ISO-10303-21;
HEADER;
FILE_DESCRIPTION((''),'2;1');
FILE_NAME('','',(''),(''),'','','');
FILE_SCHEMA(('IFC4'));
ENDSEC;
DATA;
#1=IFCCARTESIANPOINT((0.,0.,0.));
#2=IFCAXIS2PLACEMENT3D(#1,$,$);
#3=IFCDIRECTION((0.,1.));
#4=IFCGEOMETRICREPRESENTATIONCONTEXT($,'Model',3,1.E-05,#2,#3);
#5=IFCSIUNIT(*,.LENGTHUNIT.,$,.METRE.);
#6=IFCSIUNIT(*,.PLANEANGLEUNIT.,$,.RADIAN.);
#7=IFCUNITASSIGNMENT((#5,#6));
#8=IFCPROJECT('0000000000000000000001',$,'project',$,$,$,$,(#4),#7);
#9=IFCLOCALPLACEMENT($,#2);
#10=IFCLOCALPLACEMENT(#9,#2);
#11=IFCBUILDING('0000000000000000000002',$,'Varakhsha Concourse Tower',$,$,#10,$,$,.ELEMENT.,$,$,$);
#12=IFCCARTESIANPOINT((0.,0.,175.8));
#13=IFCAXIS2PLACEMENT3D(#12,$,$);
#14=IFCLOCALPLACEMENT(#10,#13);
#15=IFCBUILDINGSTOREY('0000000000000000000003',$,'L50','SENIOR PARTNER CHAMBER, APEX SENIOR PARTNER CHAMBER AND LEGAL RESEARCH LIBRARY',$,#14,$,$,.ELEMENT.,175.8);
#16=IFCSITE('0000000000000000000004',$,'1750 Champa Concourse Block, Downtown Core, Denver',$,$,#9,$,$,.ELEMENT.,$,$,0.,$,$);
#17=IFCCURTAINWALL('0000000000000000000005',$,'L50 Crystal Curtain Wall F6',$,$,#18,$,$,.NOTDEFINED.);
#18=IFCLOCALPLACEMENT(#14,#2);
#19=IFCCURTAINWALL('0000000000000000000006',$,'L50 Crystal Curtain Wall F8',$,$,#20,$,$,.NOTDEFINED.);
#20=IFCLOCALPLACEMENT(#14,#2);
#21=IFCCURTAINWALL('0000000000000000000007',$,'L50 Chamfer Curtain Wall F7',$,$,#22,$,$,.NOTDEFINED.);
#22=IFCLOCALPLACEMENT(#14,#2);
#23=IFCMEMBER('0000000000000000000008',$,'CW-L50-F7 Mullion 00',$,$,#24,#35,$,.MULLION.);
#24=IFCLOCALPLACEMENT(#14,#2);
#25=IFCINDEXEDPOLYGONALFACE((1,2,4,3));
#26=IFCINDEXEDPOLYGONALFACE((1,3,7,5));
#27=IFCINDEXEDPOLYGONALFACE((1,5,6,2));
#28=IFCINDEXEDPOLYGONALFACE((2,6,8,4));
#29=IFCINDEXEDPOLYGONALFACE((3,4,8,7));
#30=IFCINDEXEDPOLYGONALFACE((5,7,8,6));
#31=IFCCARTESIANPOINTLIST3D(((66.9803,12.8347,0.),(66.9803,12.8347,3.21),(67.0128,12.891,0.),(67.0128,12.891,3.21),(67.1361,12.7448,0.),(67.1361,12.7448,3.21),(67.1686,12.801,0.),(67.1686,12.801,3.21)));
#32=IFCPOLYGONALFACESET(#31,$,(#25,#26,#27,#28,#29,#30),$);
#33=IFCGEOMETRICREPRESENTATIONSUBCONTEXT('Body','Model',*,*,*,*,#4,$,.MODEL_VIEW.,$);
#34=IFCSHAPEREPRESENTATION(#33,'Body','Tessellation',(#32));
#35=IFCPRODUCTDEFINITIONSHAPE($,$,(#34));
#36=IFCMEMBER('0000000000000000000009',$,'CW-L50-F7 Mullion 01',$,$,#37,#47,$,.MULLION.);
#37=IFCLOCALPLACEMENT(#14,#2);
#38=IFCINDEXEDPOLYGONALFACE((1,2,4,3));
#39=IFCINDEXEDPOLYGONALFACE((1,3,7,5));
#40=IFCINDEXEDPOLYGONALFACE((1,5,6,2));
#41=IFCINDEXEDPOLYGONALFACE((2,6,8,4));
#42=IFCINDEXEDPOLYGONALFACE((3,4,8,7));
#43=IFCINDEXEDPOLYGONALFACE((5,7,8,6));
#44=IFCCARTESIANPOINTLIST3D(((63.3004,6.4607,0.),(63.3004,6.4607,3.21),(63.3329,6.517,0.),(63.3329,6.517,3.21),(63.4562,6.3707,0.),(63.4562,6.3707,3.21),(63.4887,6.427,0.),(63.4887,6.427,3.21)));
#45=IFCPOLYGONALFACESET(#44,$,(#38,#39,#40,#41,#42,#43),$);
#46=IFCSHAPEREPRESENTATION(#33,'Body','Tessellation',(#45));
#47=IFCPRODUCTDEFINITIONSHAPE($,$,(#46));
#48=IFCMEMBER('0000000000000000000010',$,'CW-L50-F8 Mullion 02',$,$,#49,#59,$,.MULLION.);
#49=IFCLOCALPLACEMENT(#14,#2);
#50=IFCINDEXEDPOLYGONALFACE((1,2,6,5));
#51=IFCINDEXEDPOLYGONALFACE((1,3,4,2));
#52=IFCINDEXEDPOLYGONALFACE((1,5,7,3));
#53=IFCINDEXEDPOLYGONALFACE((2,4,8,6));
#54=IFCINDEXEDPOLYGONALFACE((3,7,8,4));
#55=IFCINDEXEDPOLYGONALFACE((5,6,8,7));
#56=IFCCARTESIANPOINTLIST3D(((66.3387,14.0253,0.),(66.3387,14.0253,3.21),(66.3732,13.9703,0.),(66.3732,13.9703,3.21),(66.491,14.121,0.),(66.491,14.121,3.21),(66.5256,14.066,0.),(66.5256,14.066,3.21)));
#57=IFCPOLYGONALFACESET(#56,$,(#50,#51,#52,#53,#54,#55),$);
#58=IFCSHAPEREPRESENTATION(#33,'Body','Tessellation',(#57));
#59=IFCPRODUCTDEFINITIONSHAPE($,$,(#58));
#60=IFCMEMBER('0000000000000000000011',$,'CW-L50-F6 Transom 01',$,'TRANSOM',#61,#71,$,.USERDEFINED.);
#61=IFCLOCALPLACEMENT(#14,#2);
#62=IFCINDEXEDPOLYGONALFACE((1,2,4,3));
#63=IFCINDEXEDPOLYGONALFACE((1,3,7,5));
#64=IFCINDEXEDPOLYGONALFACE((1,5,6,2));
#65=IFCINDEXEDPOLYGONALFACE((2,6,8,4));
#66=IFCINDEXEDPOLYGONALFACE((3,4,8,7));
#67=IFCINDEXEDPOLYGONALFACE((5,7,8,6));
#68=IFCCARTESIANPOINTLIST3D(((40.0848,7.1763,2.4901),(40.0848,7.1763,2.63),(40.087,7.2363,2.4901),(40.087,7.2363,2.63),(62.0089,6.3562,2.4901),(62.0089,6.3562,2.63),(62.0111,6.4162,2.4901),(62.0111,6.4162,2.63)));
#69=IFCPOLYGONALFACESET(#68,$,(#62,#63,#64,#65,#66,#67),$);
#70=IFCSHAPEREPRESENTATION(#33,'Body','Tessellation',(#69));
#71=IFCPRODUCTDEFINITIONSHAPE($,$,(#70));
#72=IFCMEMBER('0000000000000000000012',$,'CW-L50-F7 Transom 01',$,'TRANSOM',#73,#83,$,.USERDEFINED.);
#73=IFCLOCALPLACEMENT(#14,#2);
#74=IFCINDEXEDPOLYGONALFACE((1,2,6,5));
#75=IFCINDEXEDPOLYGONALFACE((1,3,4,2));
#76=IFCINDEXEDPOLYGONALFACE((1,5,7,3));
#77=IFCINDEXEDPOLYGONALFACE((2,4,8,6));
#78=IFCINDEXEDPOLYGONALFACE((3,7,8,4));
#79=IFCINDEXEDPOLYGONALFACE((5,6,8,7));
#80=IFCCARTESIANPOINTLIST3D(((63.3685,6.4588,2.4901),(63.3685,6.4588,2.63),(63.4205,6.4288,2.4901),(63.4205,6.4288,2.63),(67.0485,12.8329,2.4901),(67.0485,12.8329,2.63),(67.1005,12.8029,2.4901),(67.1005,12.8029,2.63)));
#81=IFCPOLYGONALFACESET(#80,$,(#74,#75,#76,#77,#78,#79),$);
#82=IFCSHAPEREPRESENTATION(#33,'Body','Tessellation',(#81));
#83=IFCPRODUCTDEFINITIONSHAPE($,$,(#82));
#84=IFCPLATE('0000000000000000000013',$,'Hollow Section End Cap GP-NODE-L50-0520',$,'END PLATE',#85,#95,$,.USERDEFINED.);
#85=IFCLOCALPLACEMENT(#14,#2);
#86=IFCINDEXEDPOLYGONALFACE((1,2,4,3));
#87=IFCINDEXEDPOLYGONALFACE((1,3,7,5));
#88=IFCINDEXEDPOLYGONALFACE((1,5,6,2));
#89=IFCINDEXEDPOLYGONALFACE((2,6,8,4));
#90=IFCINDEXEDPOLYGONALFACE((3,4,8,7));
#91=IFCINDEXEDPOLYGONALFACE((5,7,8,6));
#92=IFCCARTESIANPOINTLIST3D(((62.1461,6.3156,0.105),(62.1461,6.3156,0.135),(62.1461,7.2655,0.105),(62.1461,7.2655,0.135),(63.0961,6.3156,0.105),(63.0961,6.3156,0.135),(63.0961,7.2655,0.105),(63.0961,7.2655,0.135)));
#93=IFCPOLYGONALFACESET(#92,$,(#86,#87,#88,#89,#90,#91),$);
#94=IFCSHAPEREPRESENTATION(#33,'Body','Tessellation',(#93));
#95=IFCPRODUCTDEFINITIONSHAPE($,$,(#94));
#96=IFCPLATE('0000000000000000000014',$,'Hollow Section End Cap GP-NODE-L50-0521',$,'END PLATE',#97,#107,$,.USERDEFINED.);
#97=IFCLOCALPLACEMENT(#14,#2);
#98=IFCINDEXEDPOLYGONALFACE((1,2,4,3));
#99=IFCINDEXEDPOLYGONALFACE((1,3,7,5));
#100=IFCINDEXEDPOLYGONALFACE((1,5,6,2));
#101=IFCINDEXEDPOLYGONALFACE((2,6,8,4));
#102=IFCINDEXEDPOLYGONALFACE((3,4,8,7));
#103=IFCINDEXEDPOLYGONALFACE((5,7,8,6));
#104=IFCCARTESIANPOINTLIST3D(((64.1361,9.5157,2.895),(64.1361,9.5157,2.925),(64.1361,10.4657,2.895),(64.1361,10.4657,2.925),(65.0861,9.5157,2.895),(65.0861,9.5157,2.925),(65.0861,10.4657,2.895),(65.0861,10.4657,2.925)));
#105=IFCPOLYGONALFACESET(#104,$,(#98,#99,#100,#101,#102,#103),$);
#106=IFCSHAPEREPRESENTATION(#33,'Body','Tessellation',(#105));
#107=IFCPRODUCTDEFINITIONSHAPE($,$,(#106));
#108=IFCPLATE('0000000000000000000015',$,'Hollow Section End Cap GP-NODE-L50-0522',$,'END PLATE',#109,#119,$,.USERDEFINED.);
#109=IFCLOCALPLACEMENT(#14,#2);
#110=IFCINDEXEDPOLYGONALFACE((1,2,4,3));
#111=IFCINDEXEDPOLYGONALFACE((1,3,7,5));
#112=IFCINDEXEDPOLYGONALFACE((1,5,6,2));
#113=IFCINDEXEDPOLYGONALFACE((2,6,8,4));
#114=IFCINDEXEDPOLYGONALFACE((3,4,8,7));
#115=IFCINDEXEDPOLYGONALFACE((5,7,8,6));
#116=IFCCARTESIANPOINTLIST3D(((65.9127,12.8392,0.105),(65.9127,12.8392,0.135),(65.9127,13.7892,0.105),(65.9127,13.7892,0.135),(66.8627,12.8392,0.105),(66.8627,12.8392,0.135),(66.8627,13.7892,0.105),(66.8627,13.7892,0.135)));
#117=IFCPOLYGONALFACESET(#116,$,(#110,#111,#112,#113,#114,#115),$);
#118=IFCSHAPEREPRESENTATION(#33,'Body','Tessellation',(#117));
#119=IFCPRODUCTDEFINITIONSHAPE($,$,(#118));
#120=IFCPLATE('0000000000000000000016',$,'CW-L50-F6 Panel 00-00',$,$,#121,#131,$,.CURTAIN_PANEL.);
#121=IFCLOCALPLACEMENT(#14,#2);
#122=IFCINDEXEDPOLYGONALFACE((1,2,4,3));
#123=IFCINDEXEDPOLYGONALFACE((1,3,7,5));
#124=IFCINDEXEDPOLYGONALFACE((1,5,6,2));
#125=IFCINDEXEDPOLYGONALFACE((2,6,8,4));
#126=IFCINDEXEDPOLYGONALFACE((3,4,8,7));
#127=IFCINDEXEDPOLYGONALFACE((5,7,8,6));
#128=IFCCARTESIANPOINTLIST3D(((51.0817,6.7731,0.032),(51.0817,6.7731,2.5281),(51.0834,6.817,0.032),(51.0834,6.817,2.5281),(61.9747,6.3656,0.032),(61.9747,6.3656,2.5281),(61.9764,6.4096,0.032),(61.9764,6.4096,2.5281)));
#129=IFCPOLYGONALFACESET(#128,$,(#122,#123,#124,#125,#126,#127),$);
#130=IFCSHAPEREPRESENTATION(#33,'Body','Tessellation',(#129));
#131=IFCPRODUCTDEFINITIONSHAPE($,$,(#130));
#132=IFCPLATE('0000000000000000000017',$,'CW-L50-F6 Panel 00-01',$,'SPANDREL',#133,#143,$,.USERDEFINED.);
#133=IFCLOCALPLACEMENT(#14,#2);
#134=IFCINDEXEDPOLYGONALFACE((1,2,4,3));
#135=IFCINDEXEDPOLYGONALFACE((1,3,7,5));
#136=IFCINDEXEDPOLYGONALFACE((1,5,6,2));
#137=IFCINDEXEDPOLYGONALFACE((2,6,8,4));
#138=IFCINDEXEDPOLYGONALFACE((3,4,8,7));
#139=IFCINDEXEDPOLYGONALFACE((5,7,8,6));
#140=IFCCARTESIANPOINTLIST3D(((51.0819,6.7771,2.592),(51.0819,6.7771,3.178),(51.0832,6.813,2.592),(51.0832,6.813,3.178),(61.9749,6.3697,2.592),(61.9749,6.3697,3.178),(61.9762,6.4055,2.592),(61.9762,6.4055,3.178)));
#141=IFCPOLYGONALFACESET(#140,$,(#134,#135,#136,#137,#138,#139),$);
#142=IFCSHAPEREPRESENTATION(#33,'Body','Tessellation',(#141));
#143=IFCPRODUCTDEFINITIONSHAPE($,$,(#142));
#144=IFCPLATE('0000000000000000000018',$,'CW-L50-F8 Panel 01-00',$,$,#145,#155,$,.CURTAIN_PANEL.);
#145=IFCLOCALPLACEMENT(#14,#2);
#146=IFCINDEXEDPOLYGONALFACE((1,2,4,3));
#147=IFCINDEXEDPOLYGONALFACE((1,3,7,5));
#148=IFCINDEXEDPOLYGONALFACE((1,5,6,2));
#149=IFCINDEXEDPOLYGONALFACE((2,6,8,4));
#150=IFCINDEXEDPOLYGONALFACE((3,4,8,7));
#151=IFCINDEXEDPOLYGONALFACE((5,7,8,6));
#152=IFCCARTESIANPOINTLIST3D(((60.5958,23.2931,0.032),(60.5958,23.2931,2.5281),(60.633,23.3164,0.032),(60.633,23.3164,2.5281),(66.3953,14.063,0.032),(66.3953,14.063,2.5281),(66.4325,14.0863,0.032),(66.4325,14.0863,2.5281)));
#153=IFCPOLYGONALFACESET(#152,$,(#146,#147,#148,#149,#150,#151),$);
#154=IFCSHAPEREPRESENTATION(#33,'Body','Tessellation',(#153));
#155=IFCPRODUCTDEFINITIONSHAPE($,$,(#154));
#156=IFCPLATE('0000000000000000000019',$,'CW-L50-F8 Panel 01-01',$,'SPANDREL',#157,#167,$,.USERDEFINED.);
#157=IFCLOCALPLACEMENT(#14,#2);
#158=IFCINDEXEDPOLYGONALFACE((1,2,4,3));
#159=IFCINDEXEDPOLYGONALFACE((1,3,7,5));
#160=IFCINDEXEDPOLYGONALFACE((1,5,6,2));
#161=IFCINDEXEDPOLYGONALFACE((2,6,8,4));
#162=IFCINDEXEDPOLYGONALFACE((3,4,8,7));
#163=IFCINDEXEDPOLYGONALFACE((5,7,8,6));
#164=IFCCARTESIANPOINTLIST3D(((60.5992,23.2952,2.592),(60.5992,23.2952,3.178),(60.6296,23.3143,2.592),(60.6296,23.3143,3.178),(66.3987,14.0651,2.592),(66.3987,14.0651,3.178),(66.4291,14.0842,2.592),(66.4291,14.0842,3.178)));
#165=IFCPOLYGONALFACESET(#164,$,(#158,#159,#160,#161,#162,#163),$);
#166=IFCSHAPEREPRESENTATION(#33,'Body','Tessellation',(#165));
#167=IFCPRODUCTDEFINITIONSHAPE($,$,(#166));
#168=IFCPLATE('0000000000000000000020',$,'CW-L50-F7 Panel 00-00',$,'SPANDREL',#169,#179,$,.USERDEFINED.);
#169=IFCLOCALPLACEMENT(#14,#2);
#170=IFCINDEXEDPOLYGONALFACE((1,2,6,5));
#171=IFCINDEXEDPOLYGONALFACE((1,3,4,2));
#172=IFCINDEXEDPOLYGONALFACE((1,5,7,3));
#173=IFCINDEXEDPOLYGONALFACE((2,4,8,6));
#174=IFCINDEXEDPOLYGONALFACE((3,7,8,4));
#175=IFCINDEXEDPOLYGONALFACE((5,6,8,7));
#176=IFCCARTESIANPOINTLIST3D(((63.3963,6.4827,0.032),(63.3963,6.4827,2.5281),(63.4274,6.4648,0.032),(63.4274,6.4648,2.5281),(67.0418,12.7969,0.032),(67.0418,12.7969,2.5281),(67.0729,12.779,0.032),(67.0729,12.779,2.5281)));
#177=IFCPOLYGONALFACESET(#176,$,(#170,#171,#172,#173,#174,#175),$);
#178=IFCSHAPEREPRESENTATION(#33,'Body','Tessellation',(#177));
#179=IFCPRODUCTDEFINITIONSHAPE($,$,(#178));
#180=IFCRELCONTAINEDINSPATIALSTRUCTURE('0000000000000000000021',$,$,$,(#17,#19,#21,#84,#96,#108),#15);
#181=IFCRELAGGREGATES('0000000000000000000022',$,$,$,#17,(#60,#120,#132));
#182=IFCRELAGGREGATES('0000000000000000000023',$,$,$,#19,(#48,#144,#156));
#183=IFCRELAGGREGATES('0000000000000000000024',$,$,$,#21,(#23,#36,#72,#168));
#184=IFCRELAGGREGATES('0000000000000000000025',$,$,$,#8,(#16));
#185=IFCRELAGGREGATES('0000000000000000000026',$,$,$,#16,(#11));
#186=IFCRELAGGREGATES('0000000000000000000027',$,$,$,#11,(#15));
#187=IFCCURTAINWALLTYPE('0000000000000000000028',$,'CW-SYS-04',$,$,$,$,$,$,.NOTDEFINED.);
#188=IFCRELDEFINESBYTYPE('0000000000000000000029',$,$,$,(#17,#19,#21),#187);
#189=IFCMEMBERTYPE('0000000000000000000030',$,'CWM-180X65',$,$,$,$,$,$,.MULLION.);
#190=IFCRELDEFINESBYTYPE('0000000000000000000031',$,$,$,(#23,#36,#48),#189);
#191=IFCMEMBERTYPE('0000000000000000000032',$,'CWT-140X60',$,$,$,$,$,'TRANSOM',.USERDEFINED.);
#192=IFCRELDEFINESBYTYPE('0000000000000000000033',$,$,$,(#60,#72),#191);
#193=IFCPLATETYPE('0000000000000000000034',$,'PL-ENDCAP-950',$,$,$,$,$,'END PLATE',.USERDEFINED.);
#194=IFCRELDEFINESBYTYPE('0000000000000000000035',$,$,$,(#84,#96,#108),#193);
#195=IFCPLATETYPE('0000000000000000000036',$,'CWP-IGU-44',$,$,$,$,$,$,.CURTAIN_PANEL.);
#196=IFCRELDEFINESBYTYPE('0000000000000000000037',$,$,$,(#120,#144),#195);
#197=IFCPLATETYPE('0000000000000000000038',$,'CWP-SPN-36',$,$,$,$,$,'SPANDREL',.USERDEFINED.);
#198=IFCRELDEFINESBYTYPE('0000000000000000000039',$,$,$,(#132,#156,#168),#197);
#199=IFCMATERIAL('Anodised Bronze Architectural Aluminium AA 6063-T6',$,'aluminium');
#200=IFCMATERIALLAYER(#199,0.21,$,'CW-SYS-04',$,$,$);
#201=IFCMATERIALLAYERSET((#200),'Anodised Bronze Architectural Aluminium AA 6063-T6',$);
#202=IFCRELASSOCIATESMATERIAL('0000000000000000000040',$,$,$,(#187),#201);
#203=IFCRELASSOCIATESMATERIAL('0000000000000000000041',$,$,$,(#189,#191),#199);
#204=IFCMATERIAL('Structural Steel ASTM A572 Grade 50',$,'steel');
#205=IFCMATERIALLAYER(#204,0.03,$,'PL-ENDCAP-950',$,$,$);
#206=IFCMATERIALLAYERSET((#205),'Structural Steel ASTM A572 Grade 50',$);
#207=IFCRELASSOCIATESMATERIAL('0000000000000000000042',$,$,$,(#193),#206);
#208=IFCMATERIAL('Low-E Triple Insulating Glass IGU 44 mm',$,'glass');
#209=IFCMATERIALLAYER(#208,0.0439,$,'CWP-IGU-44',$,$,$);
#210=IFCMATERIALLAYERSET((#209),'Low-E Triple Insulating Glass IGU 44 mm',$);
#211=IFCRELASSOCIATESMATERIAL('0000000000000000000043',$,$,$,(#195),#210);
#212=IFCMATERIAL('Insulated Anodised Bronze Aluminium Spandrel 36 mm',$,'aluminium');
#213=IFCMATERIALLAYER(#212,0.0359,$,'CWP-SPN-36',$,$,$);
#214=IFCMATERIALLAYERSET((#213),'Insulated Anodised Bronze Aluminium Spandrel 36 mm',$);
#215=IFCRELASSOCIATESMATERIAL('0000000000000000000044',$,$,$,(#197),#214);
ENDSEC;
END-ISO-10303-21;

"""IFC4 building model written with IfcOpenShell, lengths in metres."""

from ifc_helpers import new_model, si_unit, direction, frame, origin, origin_2d, place, context, subcontext, project, spatial, rectangle, extrude, source, transform, mapped, material, layer, layer_set, material_profile, profile_set, type_object, type_shapes, element, aggregate, save


model = new_model("IFC4")

# Units and contexts
model_context = context("Model", 3, precision=1e-05, world=origin(), true_north=direction((0.0, 1.0)))
body_context = subcontext(model_context, "Body", "Model", "MODEL_VIEW")
ifc_project = project(units=[si_unit("LENGTHUNIT", "METRE"), si_unit("PLANEANGLEUNIT", "RADIAN")], contexts=[model_context])

# Site, building, storey
site_placement = place(None, origin())
site = spatial("IfcSite", under=ifc_project, at=site_placement, Name="1750 Champa Concourse Block, Downtown Core, Denver", CompositionType="ELEMENT", RefElevation=0.0)
building_placement = place(site_placement, origin())
building = spatial("IfcBuilding", under=site, at=building_placement, Name="Varakhsha Concourse Tower", CompositionType="ELEMENT")
storey_placement = place(building_placement, frame((0.0, 0.0, 175.8)))
storey = spatial("IfcBuildingStorey", under=building, at=storey_placement, Name="L50", Description="SENIOR PARTNER CHAMBER, APEX SENIOR PARTNER CHAMBER AND LEGAL RESEARCH LIBRARY", CompositionType="ELEMENT", Elevation=175.8)

# Shared definitions
ifc_material_1 = material(Name="Structural Steel ASTM A572 Grade 50", Category="steel")

# Curtain walls
ifc_material_2 = material(Name="Anodised Bronze Architectural Aluminium AA 6063-T6", Category="aluminium")
ifc_layer_1 = layer(ifc_material_2, 0.21, Name="CW-SYS-04")
ifc_layer_set_1 = layer_set([ifc_layer_1], Name="Anodised Bronze Architectural Aluminium AA 6063-T6")
curtain_wall_type = type_object("IfcCurtainWallType", Name="CW-SYS-04", PredefinedType="NOTDEFINED", material=ifc_layer_set_1)
curtain_wall_1_placement = place(storey_placement, origin())
curtain_wall_1 = element("IfcCurtainWall", 1, at=curtain_wall_1_placement, inside=storey, type_object=curtain_wall_type, Name="L50 Crystal Curtain Wall F6", PredefinedType="NOTDEFINED")
curtain_wall_2_placement = place(storey_placement, origin())
curtain_wall_2 = element("IfcCurtainWall", 2, at=curtain_wall_2_placement, inside=storey, type_object=curtain_wall_type, Name="L50 Crystal Curtain Wall F8", PredefinedType="NOTDEFINED")

# Shared definitions
ifc_material_profile_1 = material_profile(ifc_material_2, rectangle(XDim=0.0649, YDim=0.1799, at=origin_2d()), Name="CWM-180X65")
ifc_profile_set_1 = profile_set([ifc_material_profile_1], Name="Anodised Bronze Architectural Aluminium AA 6063-T6")
member_type_1 = type_object("IfcMemberType", Name="CWM-180X65", PredefinedType="MULLION", material=ifc_profile_set_1)
shared_shape_1 = source(origin(), body_context, "Body", "SweptSolid", [
    extrude(rectangle(XDim=0.0649, YDim=0.1799, at=origin_2d()), origin(), (0.0, 0.0, 1.0), 3.21),
])
type_shapes(member_type_1, [shared_shape_1])

# Curtain wall, members
curtain_wall_3_placement = place(storey_placement, origin())
curtain_wall_3 = element("IfcCurtainWall", 3, at=curtain_wall_3_placement, inside=storey, type_object=curtain_wall_type, Name="L50 Chamfer Curtain Wall F7", PredefinedType="NOTDEFINED")
member_1_placement = place(storey_placement, frame((67.0745, 12.8179, 0.0), z_axis=(0.0, 0.0, 1.0), x_axis=(-0.499997, -0.866027, 0.0)))
member_1 = element("IfcMember", 4, at=member_1_placement, type_object=member_type_1, Name="CW-L50-F7 Mullion 00", PredefinedType="MULLION", context=body_context, shape_type="MappedRepresentation", body=[
    mapped(shared_shape_1, transform((0.0, 0.0, 0.0), scale=1.0)),
])
member_2_placement = place(storey_placement, frame((63.3945, 6.4438, 0.0), z_axis=(0.0, 0.0, 1.0), x_axis=(-0.499997, -0.866027, 0.0)))
member_2 = element("IfcMember", 5, at=member_2_placement, type_object=member_type_1, Name="CW-L50-F7 Mullion 01", PredefinedType="MULLION", context=body_context, shape_type="MappedRepresentation", body=[
    mapped(shared_shape_1, transform((0.0, 0.0, 0.0), scale=1.0)),
])

# Members
member_3_placement = place(storey_placement, frame((66.4321, 14.0457, 0.0), z_axis=(0.0, 0.0, 1.0), x_axis=(0.532022, -0.84673, 0.0)))
member_3 = element("IfcMember", 6, at=member_3_placement, type_object=member_type_1, Name="CW-L50-F8 Mullion 02", PredefinedType="MULLION", context=body_context, shape_type="MappedRepresentation", body=[
    mapped(shared_shape_1, transform((0.0, 0.0, 0.0), scale=1.0)),
])
ifc_material_profile_2 = material_profile(ifc_material_2, rectangle(XDim=0.0601, YDim=0.1399, at=origin_2d()), Name="CWT-140X60")
ifc_profile_set_2 = profile_set([ifc_material_profile_2], Name="Anodised Bronze Architectural Aluminium AA 6063-T6")
member_type_2 = type_object("IfcMemberType", Name="CWT-140X60", ElementType="TRANSOM", PredefinedType="USERDEFINED", material=ifc_profile_set_2)
shared_shape_2 = source(origin(), body_context, "Body", "SweptSolid", [
    extrude(rectangle(XDim=0.0601, YDim=0.1399, at=origin_2d()), origin(), (0.0, 0.0, 1.0), 21.9395),
])
member_4_placement = place(storey_placement, frame((62.01, 6.3862, 2.5601), z_axis=(-0.999301, 0.037379, 0.0), x_axis=(-0.037379, -0.999301, 0.0)))
member_4 = element("IfcMember", 7, at=member_4_placement, type_object=member_type_2, Name="CW-L50-F6 Transom 01", ObjectType="TRANSOM", PredefinedType="USERDEFINED", context=body_context, shape_type="MappedRepresentation", body=[
    mapped(shared_shape_2, transform((0.0, 0.0, 0.0), scale=1.0)),
])
shared_shape_3 = source(origin(), body_context, "Body", "SweptSolid", [
    extrude(rectangle(XDim=0.0601, YDim=0.1399, at=origin_2d()), origin(), (0.0, 0.0, 1.0), 7.3601),
])
type_shapes(member_type_2, [shared_shape_2, shared_shape_3])
member_5_placement = place(storey_placement, frame((67.0745, 12.8179, 2.5601), z_axis=(-0.499989, -0.866032, 0.0), x_axis=(0.866032, -0.499989, 0.0)))
member_5 = element("IfcMember", 8, at=member_5_placement, type_object=member_type_2, Name="CW-L50-F7 Transom 01", ObjectType="TRANSOM", PredefinedType="USERDEFINED", context=body_context, shape_type="MappedRepresentation", body=[
    mapped(shared_shape_3, transform((0.0, 0.0, 0.0), scale=1.0)),
])

# Plates
ifc_layer_2 = layer(ifc_material_1, 0.03, Name="PL-ENDCAP-950")
ifc_layer_set_2 = layer_set([ifc_layer_2], Name="Structural Steel ASTM A572 Grade 50")
plate_type_1 = type_object("IfcPlateType", Name="PL-ENDCAP-950", ElementType="END PLATE", PredefinedType="USERDEFINED", material=ifc_layer_set_2)
shared_shape_4 = source(origin(), body_context, "Body", "SweptSolid", [
    extrude(rectangle(XDim=0.95, YDim=0.95, at=origin_2d()), origin(), (0.0, 0.0, 1.0), 0.03),
])
type_shapes(plate_type_1, [shared_shape_4])
for number, where, z_axis, x_axis, name in (
    (9, (62.6211, 6.7905, 0.105), (0.0, 0.0, 1.0), (1.0, 0.0, 0.0), "Hollow Section End Cap GP-NODE-L50-0520"),
    (10, (64.6111, 9.9907, 2.895), (0.0, 0.0, 1.0), (1.0, 0.0, 0.0), "Hollow Section End Cap GP-NODE-L50-0521"),
    (11, (66.3877, 13.3142, 0.105), (0.0, 0.0, 1.0), (1.0, 0.0, 0.0), "Hollow Section End Cap GP-NODE-L50-0522"),
):
    element("IfcPlate", number, at=place(storey_placement, frame(where, z_axis=z_axis, x_axis=x_axis)), inside=storey, type_object=plate_type_1, Name=name, ObjectType="END PLATE", PredefinedType="USERDEFINED", context=body_context, shape_type="MappedRepresentation", body=[
        mapped(shared_shape_4, transform((0.0, 0.0, 0.0), scale=1.0)),
    ])

# Plates
ifc_material_3 = material(Name="Low-E Triple Insulating Glass IGU 44 mm", Category="glass")
ifc_layer_3 = layer(ifc_material_3, 0.0439, Name="CWP-IGU-44")
ifc_layer_set_3 = layer_set([ifc_layer_3], Name="Low-E Triple Insulating Glass IGU 44 mm")
plate_type_2 = type_object("IfcPlateType", Name="CWP-IGU-44", PredefinedType="CURTAIN_PANEL", material=ifc_layer_set_3)
shared_shape_5 = source(origin(), body_context, "Body", "SweptSolid", [
    extrude(rectangle(XDim=10.9006, YDim=0.0439, at=origin_2d()), origin(), (0.0, 0.0, 1.0), 2.4961),
])
plate_1_placement = place(storey_placement, frame((56.5291, 6.5913, 0.032), z_axis=(0.0, 0.0, 1.0), x_axis=(-0.999301, 0.037376, 0.0)))
plate_1 = element("IfcPlate", 12, at=plate_1_placement, type_object=plate_type_2, Name="CW-L50-F6 Panel 00-00", PredefinedType="CURTAIN_PANEL", context=body_context, shape_type="MappedRepresentation", body=[
    mapped(shared_shape_5, transform((0.0, 0.0, 0.0), scale=1.0)),
])
ifc_material_4 = material(Name="Insulated Anodised Bronze Aluminium Spandrel 36 mm", Category="aluminium")
ifc_layer_4 = layer(ifc_material_4, 0.0359, Name="CWP-SPN-36")
ifc_layer_set_4 = layer_set([ifc_layer_4], Name="Insulated Anodised Bronze Aluminium Spandrel 36 mm")
plate_type_3 = type_object("IfcPlateType", Name="CWP-SPN-36", ElementType="SPANDREL", PredefinedType="USERDEFINED", material=ifc_layer_set_4)
shared_shape_6 = source(origin(), body_context, "Body", "SweptSolid", [
    extrude(rectangle(XDim=10.9006, YDim=0.0359, at=origin_2d()), origin(), (0.0, 0.0, 1.0), 0.5859),
])
plate_2_placement = place(storey_placement, frame((56.5291, 6.5913, 2.592), z_axis=(0.0, 0.0, 1.0), x_axis=(-0.999301, 0.037376, 0.0)))
plate_2 = element("IfcPlate", 13, at=plate_2_placement, type_object=plate_type_3, Name="CW-L50-F6 Panel 00-01", ObjectType="SPANDREL", PredefinedType="USERDEFINED", context=body_context, shape_type="MappedRepresentation", body=[
    mapped(shared_shape_6, transform((0.0, 0.0, 0.0), scale=1.0)),
])
aggregate(curtain_wall_1, [member_4, plate_1, plate_2])
shared_shape_7 = source(origin(), body_context, "Body", "SweptSolid", [
    extrude(rectangle(XDim=10.9009, YDim=0.0439, at=origin_2d()), origin(), (0.0, 0.0, 1.0), 2.4961),
])
type_shapes(plate_type_2, [shared_shape_5, shared_shape_7])
plate_3_placement = place(storey_placement, frame((63.5142, 18.6897, 0.032), z_axis=(0.0, 0.0, 1.0), x_axis=(0.532022, -0.84673, 0.0)))
plate_3 = element("IfcPlate", 14, at=plate_3_placement, type_object=plate_type_2, Name="CW-L50-F8 Panel 01-00", PredefinedType="CURTAIN_PANEL", context=body_context, shape_type="MappedRepresentation", body=[
    mapped(shared_shape_7, transform((0.0, 0.0, 0.0), scale=1.0)),
])
shared_shape_8 = source(origin(), body_context, "Body", "SweptSolid", [
    extrude(rectangle(XDim=10.9009, YDim=0.0359, at=origin_2d()), origin(), (0.0, 0.0, 1.0), 0.5859),
])
plate_4_placement = place(storey_placement, frame((63.5142, 18.6897, 2.592), z_axis=(0.0, 0.0, 1.0), x_axis=(0.532022, -0.84673, 0.0)))
plate_4 = element("IfcPlate", 15, at=plate_4_placement, type_object=plate_type_3, Name="CW-L50-F8 Panel 01-01", ObjectType="SPANDREL", PredefinedType="USERDEFINED", context=body_context, shape_type="MappedRepresentation", body=[
    mapped(shared_shape_8, transform((0.0, 0.0, 0.0), scale=1.0)),
])
aggregate(curtain_wall_2, [member_3, plate_3, plate_4])
shared_shape_9 = source(origin(), body_context, "Body", "SweptSolid", [
    extrude(rectangle(XDim=7.291, YDim=0.0359, at=origin_2d()), origin(), (0.0, 0.0, 1.0), 2.4961),
])
plate_5_placement = place(storey_placement, frame((65.2346, 9.6309, 0.032), z_axis=(0.0, 0.0, 1.0), x_axis=(-0.499997, -0.866027, 0.0)))
plate_5 = element("IfcPlate", 16, at=plate_5_placement, type_object=plate_type_3, Name="CW-L50-F7 Panel 00-00", ObjectType="SPANDREL", PredefinedType="USERDEFINED", context=body_context, shape_type="MappedRepresentation", body=[
    mapped(shared_shape_9, transform((0.0, 0.0, 0.0), scale=1.0)),
])
aggregate(curtain_wall_3, [member_1, member_2, member_5, plate_5])

save(model, "model.ifc")
